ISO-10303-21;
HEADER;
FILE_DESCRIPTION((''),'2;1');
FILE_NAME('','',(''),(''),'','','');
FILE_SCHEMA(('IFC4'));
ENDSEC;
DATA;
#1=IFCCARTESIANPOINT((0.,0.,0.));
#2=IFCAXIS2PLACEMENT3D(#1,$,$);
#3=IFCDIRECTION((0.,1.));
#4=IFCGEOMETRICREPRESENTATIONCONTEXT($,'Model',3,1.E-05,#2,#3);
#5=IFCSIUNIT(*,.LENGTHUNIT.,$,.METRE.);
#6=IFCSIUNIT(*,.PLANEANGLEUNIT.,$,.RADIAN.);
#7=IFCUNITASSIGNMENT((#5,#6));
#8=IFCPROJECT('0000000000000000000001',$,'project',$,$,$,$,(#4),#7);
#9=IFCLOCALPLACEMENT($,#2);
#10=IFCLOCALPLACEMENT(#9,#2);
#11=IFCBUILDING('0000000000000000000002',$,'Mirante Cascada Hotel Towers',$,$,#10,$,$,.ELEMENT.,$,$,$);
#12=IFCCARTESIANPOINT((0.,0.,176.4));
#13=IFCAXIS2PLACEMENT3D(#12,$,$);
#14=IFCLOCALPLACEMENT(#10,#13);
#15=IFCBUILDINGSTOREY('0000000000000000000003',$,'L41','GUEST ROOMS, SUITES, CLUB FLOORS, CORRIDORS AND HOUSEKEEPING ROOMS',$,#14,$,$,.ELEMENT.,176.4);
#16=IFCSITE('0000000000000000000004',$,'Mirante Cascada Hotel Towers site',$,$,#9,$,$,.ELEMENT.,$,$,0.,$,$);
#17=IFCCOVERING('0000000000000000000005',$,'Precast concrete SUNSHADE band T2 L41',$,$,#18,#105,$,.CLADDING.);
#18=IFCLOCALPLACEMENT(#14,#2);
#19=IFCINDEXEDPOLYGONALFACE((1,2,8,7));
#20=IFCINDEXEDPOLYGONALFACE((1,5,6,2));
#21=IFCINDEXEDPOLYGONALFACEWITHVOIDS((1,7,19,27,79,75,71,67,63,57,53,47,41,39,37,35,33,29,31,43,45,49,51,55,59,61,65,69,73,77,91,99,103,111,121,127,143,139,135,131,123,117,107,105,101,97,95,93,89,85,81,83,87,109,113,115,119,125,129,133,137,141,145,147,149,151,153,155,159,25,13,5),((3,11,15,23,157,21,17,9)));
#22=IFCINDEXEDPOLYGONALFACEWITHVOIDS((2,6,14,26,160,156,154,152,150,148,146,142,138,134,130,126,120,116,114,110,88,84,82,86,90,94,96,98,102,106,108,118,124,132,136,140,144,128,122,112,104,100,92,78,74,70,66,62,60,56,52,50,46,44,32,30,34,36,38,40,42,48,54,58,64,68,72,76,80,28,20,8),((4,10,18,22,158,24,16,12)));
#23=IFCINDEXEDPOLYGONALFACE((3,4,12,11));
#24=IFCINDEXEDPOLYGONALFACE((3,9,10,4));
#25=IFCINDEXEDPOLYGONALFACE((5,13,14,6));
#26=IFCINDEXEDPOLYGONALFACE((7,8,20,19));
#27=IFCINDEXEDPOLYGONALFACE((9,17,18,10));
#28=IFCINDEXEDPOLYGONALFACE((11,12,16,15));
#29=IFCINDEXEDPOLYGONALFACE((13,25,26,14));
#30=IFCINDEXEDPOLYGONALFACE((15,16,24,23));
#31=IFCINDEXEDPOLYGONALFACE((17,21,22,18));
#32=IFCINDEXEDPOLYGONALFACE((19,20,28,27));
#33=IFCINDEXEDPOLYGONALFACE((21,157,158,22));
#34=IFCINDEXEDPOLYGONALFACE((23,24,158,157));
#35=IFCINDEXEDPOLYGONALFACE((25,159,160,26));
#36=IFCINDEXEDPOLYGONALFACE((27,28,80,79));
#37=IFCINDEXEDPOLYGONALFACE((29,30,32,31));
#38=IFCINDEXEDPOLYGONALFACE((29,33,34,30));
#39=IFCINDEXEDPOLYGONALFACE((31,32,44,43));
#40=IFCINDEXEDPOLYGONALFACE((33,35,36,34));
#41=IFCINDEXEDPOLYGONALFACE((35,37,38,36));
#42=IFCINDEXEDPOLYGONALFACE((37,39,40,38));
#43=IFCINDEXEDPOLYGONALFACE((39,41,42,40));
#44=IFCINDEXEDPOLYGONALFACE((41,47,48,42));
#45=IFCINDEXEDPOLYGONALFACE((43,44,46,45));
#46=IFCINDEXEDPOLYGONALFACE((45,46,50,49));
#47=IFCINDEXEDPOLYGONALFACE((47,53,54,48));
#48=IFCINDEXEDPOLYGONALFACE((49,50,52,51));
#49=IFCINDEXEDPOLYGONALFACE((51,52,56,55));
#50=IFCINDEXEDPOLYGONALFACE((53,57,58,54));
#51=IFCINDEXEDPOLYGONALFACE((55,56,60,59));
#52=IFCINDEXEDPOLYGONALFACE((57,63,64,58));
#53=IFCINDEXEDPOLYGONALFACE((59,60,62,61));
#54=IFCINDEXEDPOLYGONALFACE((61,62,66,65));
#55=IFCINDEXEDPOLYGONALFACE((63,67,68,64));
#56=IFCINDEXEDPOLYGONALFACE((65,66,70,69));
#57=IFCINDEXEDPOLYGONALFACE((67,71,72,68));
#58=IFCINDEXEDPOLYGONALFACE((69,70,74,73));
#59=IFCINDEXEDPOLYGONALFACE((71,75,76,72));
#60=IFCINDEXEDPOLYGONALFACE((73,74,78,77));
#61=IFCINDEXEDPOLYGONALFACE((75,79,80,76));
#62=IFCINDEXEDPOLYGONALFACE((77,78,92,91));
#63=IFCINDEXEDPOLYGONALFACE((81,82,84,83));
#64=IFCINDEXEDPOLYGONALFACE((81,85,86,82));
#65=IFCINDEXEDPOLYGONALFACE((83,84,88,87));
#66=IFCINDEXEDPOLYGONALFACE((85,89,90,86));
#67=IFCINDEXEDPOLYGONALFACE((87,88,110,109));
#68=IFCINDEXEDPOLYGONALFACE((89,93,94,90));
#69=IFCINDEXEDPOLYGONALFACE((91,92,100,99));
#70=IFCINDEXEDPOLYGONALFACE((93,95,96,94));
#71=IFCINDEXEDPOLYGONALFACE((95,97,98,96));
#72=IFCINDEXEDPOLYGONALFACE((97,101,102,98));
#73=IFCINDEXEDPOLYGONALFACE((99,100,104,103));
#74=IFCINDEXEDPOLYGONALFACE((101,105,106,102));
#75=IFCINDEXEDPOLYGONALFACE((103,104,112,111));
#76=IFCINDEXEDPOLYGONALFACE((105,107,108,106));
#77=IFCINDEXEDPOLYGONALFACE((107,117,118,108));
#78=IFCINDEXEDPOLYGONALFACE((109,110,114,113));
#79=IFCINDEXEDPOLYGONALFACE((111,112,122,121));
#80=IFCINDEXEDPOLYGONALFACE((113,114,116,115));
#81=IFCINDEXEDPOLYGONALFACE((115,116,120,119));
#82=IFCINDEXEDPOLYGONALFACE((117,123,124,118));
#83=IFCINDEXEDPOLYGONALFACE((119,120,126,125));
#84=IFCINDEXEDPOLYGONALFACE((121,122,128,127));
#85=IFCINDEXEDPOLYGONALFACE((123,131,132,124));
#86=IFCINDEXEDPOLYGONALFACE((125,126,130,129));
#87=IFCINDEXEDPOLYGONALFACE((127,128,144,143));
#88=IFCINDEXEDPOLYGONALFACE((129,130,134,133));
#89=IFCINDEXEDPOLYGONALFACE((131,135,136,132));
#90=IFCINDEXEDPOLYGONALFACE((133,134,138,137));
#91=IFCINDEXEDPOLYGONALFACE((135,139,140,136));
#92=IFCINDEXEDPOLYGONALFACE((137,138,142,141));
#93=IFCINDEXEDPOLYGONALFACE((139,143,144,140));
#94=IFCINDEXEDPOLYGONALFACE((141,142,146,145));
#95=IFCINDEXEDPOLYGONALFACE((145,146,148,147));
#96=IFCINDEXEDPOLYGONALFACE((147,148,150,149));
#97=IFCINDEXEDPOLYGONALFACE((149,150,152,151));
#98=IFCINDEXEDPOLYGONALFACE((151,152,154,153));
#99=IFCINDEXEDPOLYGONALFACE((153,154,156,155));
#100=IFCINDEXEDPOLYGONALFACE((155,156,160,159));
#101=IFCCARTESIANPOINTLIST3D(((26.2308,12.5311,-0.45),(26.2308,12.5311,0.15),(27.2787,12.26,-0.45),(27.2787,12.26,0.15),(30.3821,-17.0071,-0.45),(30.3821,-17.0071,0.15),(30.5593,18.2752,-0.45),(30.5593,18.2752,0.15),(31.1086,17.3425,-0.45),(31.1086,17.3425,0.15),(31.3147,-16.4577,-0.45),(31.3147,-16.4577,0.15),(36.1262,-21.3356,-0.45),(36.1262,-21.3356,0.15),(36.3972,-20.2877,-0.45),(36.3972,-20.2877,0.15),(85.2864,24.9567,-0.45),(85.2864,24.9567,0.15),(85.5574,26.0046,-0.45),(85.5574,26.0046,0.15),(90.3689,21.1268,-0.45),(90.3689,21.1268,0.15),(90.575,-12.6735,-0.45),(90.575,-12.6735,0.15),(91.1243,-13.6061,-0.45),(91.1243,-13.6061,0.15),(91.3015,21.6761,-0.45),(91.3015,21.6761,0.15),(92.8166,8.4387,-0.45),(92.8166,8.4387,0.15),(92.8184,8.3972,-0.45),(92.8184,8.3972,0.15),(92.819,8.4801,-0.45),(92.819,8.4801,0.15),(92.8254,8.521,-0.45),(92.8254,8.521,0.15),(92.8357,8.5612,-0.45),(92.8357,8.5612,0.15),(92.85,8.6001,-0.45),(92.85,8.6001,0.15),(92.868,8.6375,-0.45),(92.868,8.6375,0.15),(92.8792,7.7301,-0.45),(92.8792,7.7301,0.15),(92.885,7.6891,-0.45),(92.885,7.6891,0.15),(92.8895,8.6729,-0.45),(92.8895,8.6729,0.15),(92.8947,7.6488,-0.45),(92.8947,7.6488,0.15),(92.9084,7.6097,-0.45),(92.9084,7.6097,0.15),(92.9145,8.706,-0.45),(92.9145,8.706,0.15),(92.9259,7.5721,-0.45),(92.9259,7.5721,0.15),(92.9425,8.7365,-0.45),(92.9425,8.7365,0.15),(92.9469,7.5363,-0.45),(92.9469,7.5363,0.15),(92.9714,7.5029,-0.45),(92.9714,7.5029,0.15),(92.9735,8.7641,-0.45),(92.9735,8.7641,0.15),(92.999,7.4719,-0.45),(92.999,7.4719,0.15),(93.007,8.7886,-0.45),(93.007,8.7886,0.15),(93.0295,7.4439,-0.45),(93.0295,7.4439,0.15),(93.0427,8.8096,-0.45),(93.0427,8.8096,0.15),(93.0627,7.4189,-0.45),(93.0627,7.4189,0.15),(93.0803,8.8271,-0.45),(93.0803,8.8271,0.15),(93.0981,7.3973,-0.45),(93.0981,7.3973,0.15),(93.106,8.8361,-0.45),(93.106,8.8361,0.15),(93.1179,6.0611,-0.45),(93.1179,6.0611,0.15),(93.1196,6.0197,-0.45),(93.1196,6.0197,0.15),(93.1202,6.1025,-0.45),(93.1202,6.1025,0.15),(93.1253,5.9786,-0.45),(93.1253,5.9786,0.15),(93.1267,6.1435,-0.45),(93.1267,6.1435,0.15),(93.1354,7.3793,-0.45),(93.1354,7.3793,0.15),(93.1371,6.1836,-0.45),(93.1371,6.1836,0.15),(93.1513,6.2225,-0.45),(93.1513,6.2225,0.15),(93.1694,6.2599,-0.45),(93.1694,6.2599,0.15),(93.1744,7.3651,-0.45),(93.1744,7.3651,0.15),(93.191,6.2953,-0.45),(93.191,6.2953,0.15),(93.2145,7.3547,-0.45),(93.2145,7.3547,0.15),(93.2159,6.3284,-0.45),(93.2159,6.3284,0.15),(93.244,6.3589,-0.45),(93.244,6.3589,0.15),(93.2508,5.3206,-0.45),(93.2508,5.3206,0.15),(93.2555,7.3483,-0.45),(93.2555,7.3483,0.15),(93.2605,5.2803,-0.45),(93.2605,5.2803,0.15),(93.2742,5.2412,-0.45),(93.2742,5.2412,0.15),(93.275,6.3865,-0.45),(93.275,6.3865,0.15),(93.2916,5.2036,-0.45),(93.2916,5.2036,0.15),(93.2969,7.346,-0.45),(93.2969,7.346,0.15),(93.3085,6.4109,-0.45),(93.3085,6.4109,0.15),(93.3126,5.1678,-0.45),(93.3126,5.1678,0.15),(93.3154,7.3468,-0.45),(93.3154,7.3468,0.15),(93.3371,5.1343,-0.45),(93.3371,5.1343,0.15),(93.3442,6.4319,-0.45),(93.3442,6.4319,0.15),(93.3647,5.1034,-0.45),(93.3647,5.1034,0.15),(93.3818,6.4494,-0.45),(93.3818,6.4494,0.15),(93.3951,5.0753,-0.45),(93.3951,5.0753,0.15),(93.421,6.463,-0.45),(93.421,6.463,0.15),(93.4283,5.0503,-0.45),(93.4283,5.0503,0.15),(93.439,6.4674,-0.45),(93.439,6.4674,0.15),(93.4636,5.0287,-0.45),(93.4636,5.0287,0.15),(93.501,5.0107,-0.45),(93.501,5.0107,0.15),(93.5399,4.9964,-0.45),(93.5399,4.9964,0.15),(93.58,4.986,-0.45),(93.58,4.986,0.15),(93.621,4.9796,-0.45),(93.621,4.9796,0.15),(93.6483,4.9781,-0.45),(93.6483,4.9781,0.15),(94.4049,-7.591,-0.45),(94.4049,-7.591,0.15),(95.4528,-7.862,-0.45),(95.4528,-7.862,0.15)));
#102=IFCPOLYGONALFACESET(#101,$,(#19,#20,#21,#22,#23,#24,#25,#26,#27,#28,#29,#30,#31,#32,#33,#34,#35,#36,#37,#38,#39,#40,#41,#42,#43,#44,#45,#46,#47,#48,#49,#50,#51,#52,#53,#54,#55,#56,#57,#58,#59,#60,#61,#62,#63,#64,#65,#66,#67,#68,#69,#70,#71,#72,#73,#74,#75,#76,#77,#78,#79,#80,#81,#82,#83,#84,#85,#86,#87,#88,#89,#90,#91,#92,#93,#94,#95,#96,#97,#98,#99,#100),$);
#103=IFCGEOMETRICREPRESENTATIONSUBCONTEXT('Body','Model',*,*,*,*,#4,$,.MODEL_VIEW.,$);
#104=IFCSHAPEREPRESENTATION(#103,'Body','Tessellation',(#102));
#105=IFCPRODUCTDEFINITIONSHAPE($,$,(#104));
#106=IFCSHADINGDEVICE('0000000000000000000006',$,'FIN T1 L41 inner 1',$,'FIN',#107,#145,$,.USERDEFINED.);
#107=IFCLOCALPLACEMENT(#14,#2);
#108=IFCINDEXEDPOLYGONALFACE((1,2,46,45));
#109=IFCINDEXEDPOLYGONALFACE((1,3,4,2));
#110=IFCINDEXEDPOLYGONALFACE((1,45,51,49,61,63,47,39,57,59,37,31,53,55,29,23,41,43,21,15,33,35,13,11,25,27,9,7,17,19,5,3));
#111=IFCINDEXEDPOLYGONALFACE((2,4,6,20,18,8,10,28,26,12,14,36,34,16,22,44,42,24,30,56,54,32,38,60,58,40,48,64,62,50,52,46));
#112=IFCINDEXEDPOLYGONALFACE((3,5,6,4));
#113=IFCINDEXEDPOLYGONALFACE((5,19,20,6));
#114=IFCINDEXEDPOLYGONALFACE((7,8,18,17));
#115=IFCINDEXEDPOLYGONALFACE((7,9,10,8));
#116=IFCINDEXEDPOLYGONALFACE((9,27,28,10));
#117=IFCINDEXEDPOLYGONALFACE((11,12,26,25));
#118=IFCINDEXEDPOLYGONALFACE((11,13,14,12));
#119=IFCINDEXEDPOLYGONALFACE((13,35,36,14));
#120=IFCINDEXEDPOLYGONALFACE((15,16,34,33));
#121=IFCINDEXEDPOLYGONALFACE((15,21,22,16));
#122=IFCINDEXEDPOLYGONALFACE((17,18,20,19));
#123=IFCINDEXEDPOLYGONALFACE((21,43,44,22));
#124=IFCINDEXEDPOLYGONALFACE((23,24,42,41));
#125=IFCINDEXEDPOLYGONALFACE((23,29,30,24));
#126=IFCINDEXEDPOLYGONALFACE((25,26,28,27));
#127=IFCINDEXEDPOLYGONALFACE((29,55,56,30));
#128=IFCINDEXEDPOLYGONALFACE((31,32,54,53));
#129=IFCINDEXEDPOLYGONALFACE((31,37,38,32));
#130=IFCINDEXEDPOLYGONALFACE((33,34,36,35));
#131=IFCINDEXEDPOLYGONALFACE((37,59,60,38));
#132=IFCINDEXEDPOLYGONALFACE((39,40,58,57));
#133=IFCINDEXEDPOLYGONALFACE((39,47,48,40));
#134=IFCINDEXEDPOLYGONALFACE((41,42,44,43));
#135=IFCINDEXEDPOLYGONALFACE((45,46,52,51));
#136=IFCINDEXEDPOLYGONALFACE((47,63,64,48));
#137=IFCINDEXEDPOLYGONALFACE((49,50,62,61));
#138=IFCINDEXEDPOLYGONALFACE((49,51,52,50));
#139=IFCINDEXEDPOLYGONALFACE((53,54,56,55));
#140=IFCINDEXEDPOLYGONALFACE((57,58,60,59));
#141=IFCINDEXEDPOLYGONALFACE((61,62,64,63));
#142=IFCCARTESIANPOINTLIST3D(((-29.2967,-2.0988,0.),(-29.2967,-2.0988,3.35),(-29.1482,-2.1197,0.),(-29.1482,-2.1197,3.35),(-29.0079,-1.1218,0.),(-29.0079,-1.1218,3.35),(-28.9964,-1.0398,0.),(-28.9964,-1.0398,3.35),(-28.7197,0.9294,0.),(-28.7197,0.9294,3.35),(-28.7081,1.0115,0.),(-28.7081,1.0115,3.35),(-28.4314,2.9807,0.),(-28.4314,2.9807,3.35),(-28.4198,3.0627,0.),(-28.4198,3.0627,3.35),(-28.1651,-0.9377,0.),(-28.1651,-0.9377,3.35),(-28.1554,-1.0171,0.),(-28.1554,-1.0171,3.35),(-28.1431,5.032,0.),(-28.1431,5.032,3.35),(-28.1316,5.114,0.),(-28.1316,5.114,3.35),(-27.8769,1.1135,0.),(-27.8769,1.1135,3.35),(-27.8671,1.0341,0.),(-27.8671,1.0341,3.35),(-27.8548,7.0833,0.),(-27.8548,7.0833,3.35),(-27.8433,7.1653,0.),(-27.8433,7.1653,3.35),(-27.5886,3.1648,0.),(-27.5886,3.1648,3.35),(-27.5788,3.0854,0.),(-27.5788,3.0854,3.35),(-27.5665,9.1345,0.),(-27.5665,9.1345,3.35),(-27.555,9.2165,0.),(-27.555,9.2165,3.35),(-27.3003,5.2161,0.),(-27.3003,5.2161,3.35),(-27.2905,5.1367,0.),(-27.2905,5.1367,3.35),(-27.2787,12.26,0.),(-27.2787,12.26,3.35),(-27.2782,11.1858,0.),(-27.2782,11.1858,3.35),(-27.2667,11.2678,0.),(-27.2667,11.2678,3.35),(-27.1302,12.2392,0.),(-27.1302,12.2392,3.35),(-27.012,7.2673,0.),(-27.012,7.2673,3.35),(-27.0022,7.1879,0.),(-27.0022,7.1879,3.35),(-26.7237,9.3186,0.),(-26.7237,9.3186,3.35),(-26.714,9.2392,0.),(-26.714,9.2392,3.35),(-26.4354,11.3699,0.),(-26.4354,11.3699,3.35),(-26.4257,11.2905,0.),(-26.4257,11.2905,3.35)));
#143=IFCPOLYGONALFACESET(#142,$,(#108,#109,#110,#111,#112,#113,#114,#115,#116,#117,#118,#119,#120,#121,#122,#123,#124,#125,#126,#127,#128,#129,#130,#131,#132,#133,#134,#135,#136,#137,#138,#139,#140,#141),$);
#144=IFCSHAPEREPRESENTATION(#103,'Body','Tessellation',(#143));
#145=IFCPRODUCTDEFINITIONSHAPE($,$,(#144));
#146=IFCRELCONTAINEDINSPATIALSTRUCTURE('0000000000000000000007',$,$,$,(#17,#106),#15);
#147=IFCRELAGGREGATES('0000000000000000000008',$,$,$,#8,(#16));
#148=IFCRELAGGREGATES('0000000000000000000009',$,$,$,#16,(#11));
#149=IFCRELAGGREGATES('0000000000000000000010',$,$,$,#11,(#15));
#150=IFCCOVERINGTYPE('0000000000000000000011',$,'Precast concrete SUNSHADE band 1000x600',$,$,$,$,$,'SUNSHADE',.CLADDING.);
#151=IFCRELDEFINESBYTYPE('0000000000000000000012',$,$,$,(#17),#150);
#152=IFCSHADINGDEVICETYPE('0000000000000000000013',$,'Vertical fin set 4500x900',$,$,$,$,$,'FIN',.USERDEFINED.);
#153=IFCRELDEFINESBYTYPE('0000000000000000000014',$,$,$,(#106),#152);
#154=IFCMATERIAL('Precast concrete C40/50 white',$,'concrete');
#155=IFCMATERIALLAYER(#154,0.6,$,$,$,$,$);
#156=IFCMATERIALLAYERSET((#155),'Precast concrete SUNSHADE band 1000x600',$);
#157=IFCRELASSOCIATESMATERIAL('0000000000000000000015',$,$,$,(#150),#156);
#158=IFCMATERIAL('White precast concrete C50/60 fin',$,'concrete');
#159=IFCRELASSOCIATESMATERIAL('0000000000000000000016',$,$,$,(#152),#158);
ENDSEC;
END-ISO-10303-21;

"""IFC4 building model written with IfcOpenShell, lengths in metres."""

from ifc_helpers import new_model, si_unit, direction, frame, origin, place, context, subcontext, project, spatial, polyline, outline, extrude, material, layer, layer_set, type_object, element, save


model = new_model("IFC4")

# Units and contexts
model_context = context("Model", 3, precision=1e-05, world=origin(), true_north=direction((0.0, 1.0)))
body_context = subcontext(model_context, "Body", "Model", "MODEL_VIEW")
ifc_project = project(units=[si_unit("LENGTHUNIT", "METRE"), si_unit("PLANEANGLEUNIT", "RADIAN")], contexts=[model_context])

# Site, building, storey
site_placement = place(None, origin())
site = spatial("IfcSite", under=ifc_project, at=site_placement, Name="Mirante Cascada Hotel Towers site", CompositionType="ELEMENT", RefElevation=0.0)
building_placement = place(site_placement, origin())
building = spatial("IfcBuilding", under=site, at=building_placement, Name="Mirante Cascada Hotel Towers", CompositionType="ELEMENT")
storey_placement = place(building_placement, frame((0.0, 0.0, 176.4)))
storey = spatial("IfcBuildingStorey", under=building, at=storey_placement, Name="L41", Description="GUEST ROOMS, SUITES, CLUB FLOORS, CORRIDORS AND HOUSEKEEPING ROOMS", CompositionType="ELEMENT", Elevation=176.4)

# Covering
ifc_material_1 = material(Name="Precast concrete C40/50 white", Category="concrete")
ifc_layer_1 = layer(ifc_material_1, 0.6)
ifc_layer_set_1 = layer_set([ifc_layer_1], Name="Precast concrete SUNSHADE band 1000x600")
covering_type = type_object("IfcCoveringType", Name="Precast concrete SUNSHADE band 1000x600", ElementType="SUNSHADE", PredefinedType="CLADDING", material=ifc_layer_set_1)
covering_placement = place(storey_placement, frame((0.0, 0.0, -0.45)))
element("IfcCovering", 1, at=covering_placement, inside=storey, type_object=covering_type, Name="Precast concrete SUNSHADE band T2 L41", PredefinedType="CLADDING", context=body_context, shape_type="SweptSolid", body=[
    extrude(outline(polyline([(26.2308, 12.5311), (30.5593, 18.2752), (85.5574, 26.0046), (91.3015, 21.6761), (93.106, 8.8361), (93.0803, 8.8271), (93.0427, 8.8096), (93.007, 8.7886), (92.9735, 8.7641), (92.9425, 8.7365), (92.9145, 8.706), (92.8895, 8.6729), (92.868, 8.6375), (92.85, 8.6001), (92.8357, 8.5612), (92.8254, 8.521), (92.819, 8.4801), (92.8166, 8.4387), (92.8184, 8.3972), (92.8792, 7.7301), (92.885, 7.6891), (92.8947, 7.6488), (92.9084, 7.6097), (92.9259, 7.5721), (92.9469, 7.5363), (92.9714, 7.5029), (92.999, 7.4719), (93.0295, 7.4439), (93.0627, 7.4189), (93.0981, 7.3973), (93.1354, 7.3793), (93.1744, 7.3651), (93.2145, 7.3547), (93.2555, 7.3483), (93.2969, 7.346), (93.3154, 7.3468), (93.439, 6.4674), (93.421, 6.463), (93.3818, 6.4494), (93.3442, 6.4319), (93.3085, 6.4109), (93.275, 6.3865), (93.244, 6.3589), (93.2159, 6.3284), (93.191, 6.2953), (93.1694, 6.2599), (93.1513, 6.2225), (93.1371, 6.1836), (93.1267, 6.1435), (93.1202, 6.1025), (93.1179, 6.0611), (93.1196, 6.0197), (93.1253, 5.9786), (93.2508, 5.3206), (93.2605, 5.2803), (93.2742, 5.2412), (93.2916, 5.2036), (93.3126, 5.1678), (93.3371, 5.1343), (93.3647, 5.1034), (93.3951, 5.0753), (93.4283, 5.0503), (93.4636, 5.0287), (93.501, 5.0107), (93.5399, 4.9964), (93.58, 4.986), (93.621, 4.9796), (93.6483, 4.9781), (95.4528, -7.862), (91.1243, -13.6061), (36.1262, -21.3356), (30.3821, -17.0071), (26.2308, 12.5311)]), holes=[polyline([(94.4049, -7.591), (90.3689, 21.1268), (85.2864, 24.9567), (31.1086, 17.3425), (27.2787, 12.26), (31.3147, -16.4577), (36.3972, -20.2877), (90.575, -12.6735), (94.4049, -7.591)])]), origin(), (0.0, 0.0, 1.0), 0.6),
])

# Shading device
ifc_material_2 = material(Name="White precast concrete C50/60 fin", Category="concrete")
shading_device_type = type_object("IfcShadingDeviceType", Name="Vertical fin set 4500x900", ElementType="FIN", PredefinedType="USERDEFINED", material=ifc_material_2)
shading_device_1_placement = place(storey_placement, origin())
element("IfcShadingDevice", 2, at=shading_device_1_placement, inside=storey, type_object=shading_device_type, Name="FIN T1 L41 inner 1", ObjectType="FIN", PredefinedType="USERDEFINED", context=body_context, shape_type="SweptSolid", body=[
    extrude(outline(polyline([(-29.0079, -1.1218), (-29.1482, -2.1197), (-29.2967, -2.0988), (-27.2787, 12.26), (-27.1302, 12.2392), (-27.2667, 11.2678), (-26.4354, 11.3699), (-26.4257, 11.2905), (-27.2782, 11.1858), (-27.555, 9.2165), (-26.7237, 9.3186), (-26.714, 9.2392), (-27.5665, 9.1345), (-27.8433, 7.1653), (-27.012, 7.2673), (-27.0022, 7.1879), (-27.8548, 7.0833), (-28.1316, 5.114), (-27.3003, 5.2161), (-27.2905, 5.1367), (-28.1431, 5.032), (-28.4198, 3.0627), (-27.5886, 3.1648), (-27.5788, 3.0854), (-28.4314, 2.9807), (-28.7081, 1.0115), (-27.8769, 1.1135), (-27.8671, 1.0341), (-28.7197, 0.9294), (-28.9964, -1.0398), (-28.1651, -0.9377), (-28.1554, -1.0171), (-29.0079, -1.1218)])), origin(), (0.0, 0.0, 1.0), 3.35),
])

save(model, "model.ifc")
